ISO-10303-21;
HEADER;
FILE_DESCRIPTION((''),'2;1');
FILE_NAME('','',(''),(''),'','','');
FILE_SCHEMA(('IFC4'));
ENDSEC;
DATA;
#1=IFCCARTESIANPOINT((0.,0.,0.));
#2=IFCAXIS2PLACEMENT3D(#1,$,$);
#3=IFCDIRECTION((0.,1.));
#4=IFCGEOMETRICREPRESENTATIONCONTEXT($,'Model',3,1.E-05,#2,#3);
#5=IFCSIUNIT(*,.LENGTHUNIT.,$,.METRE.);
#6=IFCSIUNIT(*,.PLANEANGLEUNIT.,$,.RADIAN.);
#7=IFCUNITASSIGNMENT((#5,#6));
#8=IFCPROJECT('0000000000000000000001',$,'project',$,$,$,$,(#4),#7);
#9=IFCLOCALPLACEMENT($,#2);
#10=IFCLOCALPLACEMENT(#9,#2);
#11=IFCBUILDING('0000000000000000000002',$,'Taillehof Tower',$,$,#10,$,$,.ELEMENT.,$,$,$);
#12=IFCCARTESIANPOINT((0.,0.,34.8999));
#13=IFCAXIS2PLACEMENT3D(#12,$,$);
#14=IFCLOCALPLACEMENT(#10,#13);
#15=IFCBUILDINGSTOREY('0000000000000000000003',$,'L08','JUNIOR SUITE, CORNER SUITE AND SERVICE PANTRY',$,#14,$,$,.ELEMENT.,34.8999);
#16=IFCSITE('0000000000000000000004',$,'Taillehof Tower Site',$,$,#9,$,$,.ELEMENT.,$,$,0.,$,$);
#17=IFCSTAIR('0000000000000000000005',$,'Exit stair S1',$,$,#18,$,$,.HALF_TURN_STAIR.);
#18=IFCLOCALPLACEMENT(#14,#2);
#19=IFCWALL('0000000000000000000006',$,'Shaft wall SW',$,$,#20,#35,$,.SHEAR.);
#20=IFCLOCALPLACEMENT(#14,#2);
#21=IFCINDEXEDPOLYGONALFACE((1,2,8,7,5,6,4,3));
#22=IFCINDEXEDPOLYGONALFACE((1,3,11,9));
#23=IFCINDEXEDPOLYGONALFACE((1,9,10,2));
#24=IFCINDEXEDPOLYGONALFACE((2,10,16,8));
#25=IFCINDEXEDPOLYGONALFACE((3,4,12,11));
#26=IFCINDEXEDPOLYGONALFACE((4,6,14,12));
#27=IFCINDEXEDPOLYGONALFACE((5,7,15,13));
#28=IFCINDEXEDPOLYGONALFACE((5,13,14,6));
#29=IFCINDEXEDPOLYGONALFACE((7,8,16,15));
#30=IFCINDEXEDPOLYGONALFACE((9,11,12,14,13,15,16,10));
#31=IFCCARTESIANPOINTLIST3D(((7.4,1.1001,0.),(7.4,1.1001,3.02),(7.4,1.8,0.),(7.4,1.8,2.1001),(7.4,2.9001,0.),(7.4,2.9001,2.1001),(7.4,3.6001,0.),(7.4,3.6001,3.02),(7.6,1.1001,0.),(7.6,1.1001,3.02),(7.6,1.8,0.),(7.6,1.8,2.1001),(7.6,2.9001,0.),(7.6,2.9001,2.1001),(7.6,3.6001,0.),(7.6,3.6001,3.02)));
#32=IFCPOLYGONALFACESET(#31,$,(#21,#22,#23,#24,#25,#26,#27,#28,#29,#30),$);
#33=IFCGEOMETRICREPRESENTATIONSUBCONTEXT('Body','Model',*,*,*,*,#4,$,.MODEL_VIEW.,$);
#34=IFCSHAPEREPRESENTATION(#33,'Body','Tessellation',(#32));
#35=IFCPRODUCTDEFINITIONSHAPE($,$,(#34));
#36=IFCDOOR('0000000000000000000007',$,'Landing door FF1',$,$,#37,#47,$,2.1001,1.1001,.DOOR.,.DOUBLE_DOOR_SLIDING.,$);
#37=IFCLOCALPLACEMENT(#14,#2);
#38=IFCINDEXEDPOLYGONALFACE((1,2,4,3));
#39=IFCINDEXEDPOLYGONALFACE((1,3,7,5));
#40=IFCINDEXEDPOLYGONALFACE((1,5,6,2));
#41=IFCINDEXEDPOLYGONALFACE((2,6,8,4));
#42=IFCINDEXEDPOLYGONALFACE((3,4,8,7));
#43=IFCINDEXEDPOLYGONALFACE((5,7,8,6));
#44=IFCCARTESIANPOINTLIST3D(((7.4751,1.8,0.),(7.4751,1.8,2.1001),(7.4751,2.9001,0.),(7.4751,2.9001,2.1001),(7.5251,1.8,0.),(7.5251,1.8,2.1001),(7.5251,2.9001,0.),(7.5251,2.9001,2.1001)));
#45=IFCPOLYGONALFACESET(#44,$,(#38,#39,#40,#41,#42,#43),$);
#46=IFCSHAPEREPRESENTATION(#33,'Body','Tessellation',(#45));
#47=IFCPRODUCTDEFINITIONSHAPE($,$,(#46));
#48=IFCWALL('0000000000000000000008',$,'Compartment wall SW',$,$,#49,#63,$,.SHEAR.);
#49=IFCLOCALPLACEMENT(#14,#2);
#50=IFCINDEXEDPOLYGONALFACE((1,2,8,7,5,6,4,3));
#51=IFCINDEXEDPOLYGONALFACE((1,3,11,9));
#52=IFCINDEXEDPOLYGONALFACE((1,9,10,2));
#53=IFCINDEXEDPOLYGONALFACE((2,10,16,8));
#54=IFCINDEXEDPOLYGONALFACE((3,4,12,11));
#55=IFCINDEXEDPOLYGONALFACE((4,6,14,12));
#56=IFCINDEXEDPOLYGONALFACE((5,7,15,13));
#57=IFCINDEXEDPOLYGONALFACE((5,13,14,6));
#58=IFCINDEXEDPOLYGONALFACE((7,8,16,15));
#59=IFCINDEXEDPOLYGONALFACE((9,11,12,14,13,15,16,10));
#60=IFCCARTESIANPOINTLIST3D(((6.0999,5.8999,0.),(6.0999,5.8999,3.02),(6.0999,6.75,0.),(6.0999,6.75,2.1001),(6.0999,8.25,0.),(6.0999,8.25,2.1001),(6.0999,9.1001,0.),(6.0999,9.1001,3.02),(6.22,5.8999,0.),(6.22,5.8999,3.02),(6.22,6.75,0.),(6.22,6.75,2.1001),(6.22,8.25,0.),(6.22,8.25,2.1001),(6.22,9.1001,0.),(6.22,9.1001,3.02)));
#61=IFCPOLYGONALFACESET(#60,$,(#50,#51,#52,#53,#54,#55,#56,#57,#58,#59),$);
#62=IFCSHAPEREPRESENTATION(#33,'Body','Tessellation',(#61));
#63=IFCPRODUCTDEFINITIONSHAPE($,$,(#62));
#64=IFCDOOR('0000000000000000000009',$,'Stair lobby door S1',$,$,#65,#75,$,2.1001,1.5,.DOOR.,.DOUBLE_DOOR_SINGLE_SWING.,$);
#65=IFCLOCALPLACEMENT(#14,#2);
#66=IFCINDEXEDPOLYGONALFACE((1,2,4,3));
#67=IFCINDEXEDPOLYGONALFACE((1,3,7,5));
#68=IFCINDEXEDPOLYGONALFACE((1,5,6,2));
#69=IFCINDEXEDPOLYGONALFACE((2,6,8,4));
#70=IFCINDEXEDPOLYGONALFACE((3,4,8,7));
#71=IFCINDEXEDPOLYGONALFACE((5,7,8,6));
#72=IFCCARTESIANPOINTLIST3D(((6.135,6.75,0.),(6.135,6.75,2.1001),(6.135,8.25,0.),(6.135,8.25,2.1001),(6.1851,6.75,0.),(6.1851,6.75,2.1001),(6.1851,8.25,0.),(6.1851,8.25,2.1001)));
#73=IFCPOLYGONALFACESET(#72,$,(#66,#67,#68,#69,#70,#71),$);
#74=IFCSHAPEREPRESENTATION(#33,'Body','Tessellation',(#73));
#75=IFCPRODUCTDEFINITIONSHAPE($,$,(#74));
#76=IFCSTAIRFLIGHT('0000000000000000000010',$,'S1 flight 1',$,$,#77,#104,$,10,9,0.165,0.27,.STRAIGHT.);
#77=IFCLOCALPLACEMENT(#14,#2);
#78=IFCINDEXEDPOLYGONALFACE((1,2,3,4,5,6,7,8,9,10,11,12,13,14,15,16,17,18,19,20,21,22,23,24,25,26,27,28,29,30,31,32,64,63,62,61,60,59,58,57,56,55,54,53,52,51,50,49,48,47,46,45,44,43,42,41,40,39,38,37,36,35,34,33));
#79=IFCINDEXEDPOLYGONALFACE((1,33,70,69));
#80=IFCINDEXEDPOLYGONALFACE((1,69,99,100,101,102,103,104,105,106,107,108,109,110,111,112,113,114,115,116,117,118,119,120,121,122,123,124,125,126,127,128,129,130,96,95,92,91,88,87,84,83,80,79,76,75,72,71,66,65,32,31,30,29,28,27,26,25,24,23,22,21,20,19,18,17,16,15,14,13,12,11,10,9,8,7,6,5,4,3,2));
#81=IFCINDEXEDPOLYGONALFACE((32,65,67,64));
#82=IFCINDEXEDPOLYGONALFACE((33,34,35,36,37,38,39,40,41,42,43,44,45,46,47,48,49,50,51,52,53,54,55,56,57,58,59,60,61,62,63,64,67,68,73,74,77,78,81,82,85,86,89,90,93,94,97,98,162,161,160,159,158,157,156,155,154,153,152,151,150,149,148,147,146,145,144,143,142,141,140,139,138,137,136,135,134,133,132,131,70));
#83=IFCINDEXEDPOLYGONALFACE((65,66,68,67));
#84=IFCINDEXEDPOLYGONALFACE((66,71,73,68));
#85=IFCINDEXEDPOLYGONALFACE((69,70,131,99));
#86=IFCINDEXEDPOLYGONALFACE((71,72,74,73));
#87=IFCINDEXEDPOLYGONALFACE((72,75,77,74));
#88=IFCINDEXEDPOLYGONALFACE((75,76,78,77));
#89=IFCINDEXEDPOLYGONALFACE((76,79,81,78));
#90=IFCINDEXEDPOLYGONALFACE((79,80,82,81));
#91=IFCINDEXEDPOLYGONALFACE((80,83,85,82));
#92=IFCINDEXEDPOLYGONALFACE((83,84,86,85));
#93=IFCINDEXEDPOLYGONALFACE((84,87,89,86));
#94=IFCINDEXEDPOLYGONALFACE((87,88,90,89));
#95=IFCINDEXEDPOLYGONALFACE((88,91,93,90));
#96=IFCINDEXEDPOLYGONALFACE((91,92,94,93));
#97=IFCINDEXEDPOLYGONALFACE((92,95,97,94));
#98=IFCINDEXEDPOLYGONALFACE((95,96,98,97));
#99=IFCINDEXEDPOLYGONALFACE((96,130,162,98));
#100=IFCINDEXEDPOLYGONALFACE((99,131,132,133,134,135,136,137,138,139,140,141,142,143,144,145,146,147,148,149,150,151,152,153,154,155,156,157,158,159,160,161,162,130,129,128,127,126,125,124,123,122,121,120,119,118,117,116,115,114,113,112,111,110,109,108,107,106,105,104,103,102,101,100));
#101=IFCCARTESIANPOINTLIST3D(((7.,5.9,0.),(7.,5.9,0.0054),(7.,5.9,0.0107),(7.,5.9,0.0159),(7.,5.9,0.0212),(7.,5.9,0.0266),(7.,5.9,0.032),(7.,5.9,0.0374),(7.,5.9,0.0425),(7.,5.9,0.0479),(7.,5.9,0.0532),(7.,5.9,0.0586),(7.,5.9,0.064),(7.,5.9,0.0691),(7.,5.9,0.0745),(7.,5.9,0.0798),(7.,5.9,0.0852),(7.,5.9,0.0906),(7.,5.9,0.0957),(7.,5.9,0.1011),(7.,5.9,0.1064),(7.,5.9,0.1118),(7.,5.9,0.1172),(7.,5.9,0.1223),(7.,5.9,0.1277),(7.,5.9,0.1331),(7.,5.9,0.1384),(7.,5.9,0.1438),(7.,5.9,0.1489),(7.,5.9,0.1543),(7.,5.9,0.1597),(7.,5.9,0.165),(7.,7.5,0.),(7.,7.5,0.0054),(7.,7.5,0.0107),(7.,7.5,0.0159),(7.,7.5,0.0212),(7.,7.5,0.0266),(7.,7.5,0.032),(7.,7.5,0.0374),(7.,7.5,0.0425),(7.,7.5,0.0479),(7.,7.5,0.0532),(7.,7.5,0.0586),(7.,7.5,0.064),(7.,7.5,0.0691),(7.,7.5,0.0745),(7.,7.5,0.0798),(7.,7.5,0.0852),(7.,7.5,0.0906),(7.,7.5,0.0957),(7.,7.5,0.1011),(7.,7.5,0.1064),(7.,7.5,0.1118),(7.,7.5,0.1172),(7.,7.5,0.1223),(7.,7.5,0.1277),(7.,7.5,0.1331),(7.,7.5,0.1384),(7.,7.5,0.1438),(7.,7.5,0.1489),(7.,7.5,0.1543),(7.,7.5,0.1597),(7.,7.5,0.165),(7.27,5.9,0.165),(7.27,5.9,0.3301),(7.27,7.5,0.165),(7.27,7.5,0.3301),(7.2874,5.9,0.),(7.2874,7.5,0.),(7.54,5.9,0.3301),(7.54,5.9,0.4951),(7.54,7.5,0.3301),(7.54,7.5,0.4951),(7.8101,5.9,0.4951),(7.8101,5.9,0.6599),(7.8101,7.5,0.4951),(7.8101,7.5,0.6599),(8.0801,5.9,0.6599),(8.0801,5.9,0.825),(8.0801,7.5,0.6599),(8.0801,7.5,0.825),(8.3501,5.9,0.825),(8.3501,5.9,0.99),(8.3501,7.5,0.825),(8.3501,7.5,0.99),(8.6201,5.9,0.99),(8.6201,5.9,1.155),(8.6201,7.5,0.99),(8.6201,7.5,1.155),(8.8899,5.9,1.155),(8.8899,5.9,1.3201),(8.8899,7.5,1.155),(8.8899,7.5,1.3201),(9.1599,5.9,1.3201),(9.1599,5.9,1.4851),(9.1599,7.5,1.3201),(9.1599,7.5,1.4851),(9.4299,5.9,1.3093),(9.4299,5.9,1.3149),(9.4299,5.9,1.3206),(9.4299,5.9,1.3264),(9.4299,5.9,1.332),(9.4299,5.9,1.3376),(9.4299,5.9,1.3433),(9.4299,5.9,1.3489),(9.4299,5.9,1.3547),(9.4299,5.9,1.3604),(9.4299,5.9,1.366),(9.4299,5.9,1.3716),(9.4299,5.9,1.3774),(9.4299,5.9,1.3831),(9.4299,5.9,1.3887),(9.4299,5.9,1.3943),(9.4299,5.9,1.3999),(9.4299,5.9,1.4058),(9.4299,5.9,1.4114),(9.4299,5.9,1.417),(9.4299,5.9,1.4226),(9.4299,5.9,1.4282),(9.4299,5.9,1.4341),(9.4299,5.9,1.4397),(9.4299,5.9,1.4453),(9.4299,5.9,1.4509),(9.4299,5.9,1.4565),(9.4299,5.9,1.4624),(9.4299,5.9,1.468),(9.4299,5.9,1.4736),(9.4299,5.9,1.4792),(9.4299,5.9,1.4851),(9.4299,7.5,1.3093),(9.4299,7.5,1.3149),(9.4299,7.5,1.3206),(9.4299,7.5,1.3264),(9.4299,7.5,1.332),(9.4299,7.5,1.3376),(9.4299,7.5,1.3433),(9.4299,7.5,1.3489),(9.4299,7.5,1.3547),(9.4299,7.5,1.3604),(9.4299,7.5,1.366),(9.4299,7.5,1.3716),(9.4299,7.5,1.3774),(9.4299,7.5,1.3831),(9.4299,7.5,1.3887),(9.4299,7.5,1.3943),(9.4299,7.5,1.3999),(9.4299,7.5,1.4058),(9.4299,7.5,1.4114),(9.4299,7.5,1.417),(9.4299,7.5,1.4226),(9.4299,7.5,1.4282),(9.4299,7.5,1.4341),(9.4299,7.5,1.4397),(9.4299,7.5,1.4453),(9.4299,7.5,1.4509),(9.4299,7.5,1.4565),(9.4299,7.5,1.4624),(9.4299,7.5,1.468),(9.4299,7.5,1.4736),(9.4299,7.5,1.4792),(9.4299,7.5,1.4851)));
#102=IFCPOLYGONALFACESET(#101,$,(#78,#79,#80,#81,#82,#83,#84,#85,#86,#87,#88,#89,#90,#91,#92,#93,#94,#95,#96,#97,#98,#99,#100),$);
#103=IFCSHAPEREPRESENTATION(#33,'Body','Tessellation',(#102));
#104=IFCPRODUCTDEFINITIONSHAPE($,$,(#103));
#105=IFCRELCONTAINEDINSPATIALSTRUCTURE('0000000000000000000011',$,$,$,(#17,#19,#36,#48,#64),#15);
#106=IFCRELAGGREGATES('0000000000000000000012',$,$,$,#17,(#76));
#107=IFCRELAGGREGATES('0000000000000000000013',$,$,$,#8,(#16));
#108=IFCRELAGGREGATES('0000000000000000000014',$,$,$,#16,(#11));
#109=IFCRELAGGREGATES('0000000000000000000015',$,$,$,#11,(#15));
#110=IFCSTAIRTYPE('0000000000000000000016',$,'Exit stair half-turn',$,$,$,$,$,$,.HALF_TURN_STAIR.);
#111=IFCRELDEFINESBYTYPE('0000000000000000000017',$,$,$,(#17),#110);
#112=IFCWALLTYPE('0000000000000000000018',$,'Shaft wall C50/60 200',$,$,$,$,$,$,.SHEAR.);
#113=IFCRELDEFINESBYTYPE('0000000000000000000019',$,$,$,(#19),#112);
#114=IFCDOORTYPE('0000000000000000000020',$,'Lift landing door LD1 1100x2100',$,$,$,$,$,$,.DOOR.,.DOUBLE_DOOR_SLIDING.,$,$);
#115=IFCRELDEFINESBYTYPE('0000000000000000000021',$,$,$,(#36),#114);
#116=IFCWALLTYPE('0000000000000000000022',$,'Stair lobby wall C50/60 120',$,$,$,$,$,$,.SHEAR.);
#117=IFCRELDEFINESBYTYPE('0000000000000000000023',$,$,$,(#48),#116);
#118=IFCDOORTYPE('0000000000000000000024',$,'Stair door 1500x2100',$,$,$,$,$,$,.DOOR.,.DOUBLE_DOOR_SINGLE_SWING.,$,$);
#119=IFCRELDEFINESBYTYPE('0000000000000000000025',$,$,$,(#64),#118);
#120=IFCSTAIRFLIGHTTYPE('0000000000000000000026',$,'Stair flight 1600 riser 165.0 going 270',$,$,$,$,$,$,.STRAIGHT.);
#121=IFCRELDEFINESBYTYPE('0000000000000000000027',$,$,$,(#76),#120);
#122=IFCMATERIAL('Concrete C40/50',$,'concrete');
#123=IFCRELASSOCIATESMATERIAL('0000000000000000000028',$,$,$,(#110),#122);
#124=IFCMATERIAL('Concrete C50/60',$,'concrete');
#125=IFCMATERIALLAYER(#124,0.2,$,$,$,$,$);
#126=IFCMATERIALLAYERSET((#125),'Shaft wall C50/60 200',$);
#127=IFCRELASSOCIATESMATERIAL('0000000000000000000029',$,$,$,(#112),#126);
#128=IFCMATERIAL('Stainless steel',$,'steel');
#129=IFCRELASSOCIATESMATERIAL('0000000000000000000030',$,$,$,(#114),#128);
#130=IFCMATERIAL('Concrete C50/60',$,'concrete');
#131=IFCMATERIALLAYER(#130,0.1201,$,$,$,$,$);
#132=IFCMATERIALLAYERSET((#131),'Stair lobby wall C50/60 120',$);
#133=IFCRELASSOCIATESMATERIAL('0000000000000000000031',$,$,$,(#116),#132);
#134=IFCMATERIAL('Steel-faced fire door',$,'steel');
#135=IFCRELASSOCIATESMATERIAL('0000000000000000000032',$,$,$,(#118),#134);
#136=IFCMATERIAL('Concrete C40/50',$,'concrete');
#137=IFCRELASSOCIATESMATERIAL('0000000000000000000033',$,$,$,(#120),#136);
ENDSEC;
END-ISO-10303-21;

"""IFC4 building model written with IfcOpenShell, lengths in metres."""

from ifc_helpers import new_model, si_unit, direction, frame, frame_2d, origin, place, context, subcontext, project, spatial, polyline, rectangle, outline, extrude, material, layer, layer_set, type_object, element, fill, aggregate, save


model = new_model("IFC4")

# Units and contexts
model_context = context("Model", 3, precision=1e-05, world=origin(), true_north=direction((0.0, 1.0)))
body_context = subcontext(model_context, "Body", "Model", "MODEL_VIEW")
ifc_project = project(units=[si_unit("LENGTHUNIT", "METRE"), si_unit("PLANEANGLEUNIT", "RADIAN")], contexts=[model_context])

# Site, building, storey
site_placement = place(None, origin())
site = spatial("IfcSite", under=ifc_project, at=site_placement, Name="Taillehof Tower Site", CompositionType="ELEMENT", RefElevation=0.0)
building_placement = place(site_placement, origin())
building = spatial("IfcBuilding", under=site, at=building_placement, Name="Taillehof Tower", CompositionType="ELEMENT")
storey_placement = place(building_placement, frame((0.0, 0.0, 34.8999)))
storey = spatial("IfcBuildingStorey", under=building, at=storey_placement, Name="L08", Description="JUNIOR SUITE, CORNER SUITE AND SERVICE PANTRY", CompositionType="ELEMENT", Elevation=34.8999)

# Stair
ifc_material_1 = material(Name="Concrete C40/50", Category="concrete")
stair_type = type_object("IfcStairType", Name="Exit stair half-turn", PredefinedType="HALF_TURN_STAIR", material=ifc_material_1)
stair_1_placement = place(storey_placement, origin())
stair_1 = element("IfcStair", 1, at=stair_1_placement, inside=storey, type_object=stair_type, Name="Exit stair S1", PredefinedType="HALF_TURN_STAIR")

# Shared definitions
ifc_material_2 = material(Name="Concrete C50/60", Category="concrete")
ifc_layer_1 = layer(ifc_material_2, 0.2)
ifc_layer_set_1 = layer_set([ifc_layer_1], Name="Shaft wall C50/60 200")
wall_type_1 = type_object("IfcWallType", Name="Shaft wall C50/60 200", PredefinedType="SHEAR", material=ifc_layer_set_1)
ifc_material_3 = material(Name="Stainless steel", Category="steel")
door_type_1 = type_object("IfcDoorType", Name="Lift landing door LD1 1100x2100", OperationType="DOUBLE_DOOR_SLIDING", PredefinedType="DOOR", material=ifc_material_3)

# Walls, openings, doors
wall_1_placement = place(storey_placement, frame((7.5, 1.1001, 0.0), z_axis=(0.0, 0.0, 1.0), x_axis=(0.0, 1.0, 0.0)))
wall_1 = element("IfcWall", 2, at=wall_1_placement, inside=storey, type_object=wall_type_1, Name="Shaft wall SW", PredefinedType="SHEAR", context=body_context, shape_type="SweptSolid", body=[
    extrude(rectangle(XDim=2.5, YDim=0.2, at=frame_2d((1.25, 0.0))), origin(), (0.0, 0.0, 1.0), 3.02),
])
opening_1_placement = place(wall_1_placement, frame((0.7, 0.0, 0.0)))
opening_1 = element("IfcOpeningElement", 3, at=opening_1_placement, cuts=wall_1, PredefinedType="OPENING", context=body_context, shape_type="SweptSolid", body=[
    extrude(rectangle(XDim=1.1001, YDim=2.1001, at=frame_2d((0.55, 1.05))), frame((0.0, 0.1099, 0.0), z_axis=(0.0, -1.0, 0.0), x_axis=(1.0, 0.0, 0.0)), (0.0, 0.0, 1.0), 0.22),
])
door_1_placement = place(opening_1_placement, origin())
door_1 = element("IfcDoor", 4, at=door_1_placement, inside=storey, type_object=door_type_1, Name="Landing door FF1", OperationType="DOUBLE_DOOR_SLIDING", OverallHeight=2.1001, OverallWidth=1.1001, PredefinedType="DOOR", context=body_context, shape_type="SweptSolid", body=[
    extrude(rectangle(XDim=1.1001, YDim=2.1001, at=frame_2d((0.55, 1.05))), frame((0.0, 0.0249, 0.0), z_axis=(0.0, -1.0, 0.0), x_axis=(1.0, 0.0, 0.0)), (0.0, 0.0, 1.0), 0.05),
])
fill(opening_1, door_1)
ifc_material_4 = material(Name="Concrete C50/60", Category="concrete")
ifc_layer_2 = layer(ifc_material_4, 0.1201)
ifc_layer_set_2 = layer_set([ifc_layer_2], Name="Stair lobby wall C50/60 120")
wall_type_2 = type_object("IfcWallType", Name="Stair lobby wall C50/60 120", PredefinedType="SHEAR", material=ifc_layer_set_2)
wall_2_placement = place(storey_placement, frame((6.1599, 5.8999, 0.0), z_axis=(0.0, 0.0, 1.0), x_axis=(0.0, 1.0, 0.0)))
wall_2 = element("IfcWall", 5, at=wall_2_placement, inside=storey, type_object=wall_type_2, Name="Compartment wall SW", PredefinedType="SHEAR", context=body_context, shape_type="SweptSolid", body=[
    extrude(rectangle(XDim=3.2002, YDim=0.1201, at=frame_2d((1.6001, 0.0))), origin(), (0.0, 0.0, 1.0), 3.02),
])
opening_2_placement = place(wall_2_placement, frame((0.8501, 0.0, 0.0)))
opening_2 = element("IfcOpeningElement", 6, at=opening_2_placement, cuts=wall_2, PredefinedType="OPENING", context=body_context, shape_type="SweptSolid", body=[
    extrude(rectangle(XDim=1.5, YDim=2.1001, at=frame_2d((0.75, 1.05))), frame((0.0, 0.0701, 0.0), z_axis=(0.0, -1.0, 0.0), x_axis=(1.0, 0.0, 0.0)), (0.0, 0.0, 1.0), 0.1401),
])
ifc_material_5 = material(Name="Steel-faced fire door", Category="steel")
door_type_2 = type_object("IfcDoorType", Name="Stair door 1500x2100", OperationType="DOUBLE_DOOR_SINGLE_SWING", PredefinedType="DOOR", material=ifc_material_5)
door_2_placement = place(opening_2_placement, origin())
door_2 = element("IfcDoor", 7, at=door_2_placement, inside=storey, type_object=door_type_2, Name="Stair lobby door S1", OperationType="DOUBLE_DOOR_SINGLE_SWING", OverallHeight=2.1001, OverallWidth=1.5, PredefinedType="DOOR", context=body_context, shape_type="SweptSolid", body=[
    extrude(rectangle(XDim=1.5, YDim=2.1001, at=frame_2d((0.75, 1.05))), frame((0.0, 0.0249, 0.0), z_axis=(0.0, -1.0, 0.0), x_axis=(1.0, 0.0, 0.0)), (0.0, 0.0, 1.0), 0.05),
])
fill(opening_2, door_2)

# Stair flight
ifc_material_6 = material(Name="Concrete C40/50", Category="concrete")
stair_flight_type = type_object("IfcStairFlightType", Name="Stair flight 1600 riser 165.0 going 270", PredefinedType="STRAIGHT", material=ifc_material_6)
stair_flight_placement = place(storey_placement, frame((7.0, 6.7, 0.0), z_axis=(0.0, 0.0, 1.0), x_axis=(1.0, 0.0, 0.0)))
stair_flight = element("IfcStairFlight", 8, at=stair_flight_placement, type_object=stair_flight_type, Name="S1 flight 1", NumberOfRisers=10, NumberOfTreads=9, PredefinedType="STRAIGHT", RiserHeight=0.165, TreadLength=0.27, context=body_context, shape_type="SweptSolid", body=[
    extrude(outline(polyline([(0.0, 0.0), (0.0, 0.0054), (0.0, 0.0107), (0.0, 0.0159), (0.0, 0.0212), (0.0, 0.0266), (0.0, 0.032), (0.0, 0.0374), (0.0, 0.0425), (0.0, 0.0479), (0.0, 0.0532), (0.0, 0.0586), (0.0, 0.064), (0.0, 0.0691), (0.0, 0.0745), (0.0, 0.0798), (0.0, 0.0852), (0.0, 0.0906), (0.0, 0.0957), (0.0, 0.1011), (0.0, 0.1064), (0.0, 0.1118), (0.0, 0.1172), (0.0, 0.1223), (0.0, 0.1277), (0.0, 0.1331), (0.0, 0.1384), (0.0, 0.1438), (0.0, 0.1489), (0.0, 0.1543), (0.0, 0.1597), (0.0, 0.165), (0.27, 0.165), (0.27, 0.3301), (0.54, 0.3301), (0.54, 0.4951), (0.8101, 0.4951), (0.8101, 0.6599), (1.0801, 0.6599), (1.0801, 0.825), (1.3501, 0.825), (1.3501, 0.99), (1.6201, 0.99), (1.6201, 1.155), (1.8899, 1.155), (1.8899, 1.3201), (2.1599, 1.3201), (2.1599, 1.4851), (2.4299, 1.4851), (2.4299, 1.4792), (2.4299, 1.4736), (2.4299, 1.468), (2.4299, 1.4624), (2.4299, 1.4565), (2.4299, 1.4509), (2.4299, 1.4453), (2.4299, 1.4397), (2.4299, 1.4341), (2.4299, 1.4282), (2.4299, 1.4226), (2.4299, 1.417), (2.4299, 1.4114), (2.4299, 1.4058), (2.4299, 1.3999), (2.4299, 1.3943), (2.4299, 1.3887), (2.4299, 1.3831), (2.4299, 1.3774), (2.4299, 1.3716), (2.4299, 1.366), (2.4299, 1.3604), (2.4299, 1.3547), (2.4299, 1.3489), (2.4299, 1.3433), (2.4299, 1.3376), (2.4299, 1.332), (2.4299, 1.3264), (2.4299, 1.3206), (2.4299, 1.3149), (2.4299, 1.3093), (0.2874, 0.0), (0.0, 0.0)])), frame((0.0, 0.8, 0.0), z_axis=(0.0, -1.0, 0.0), x_axis=(1.0, 0.0, 0.0)), (0.0, 0.0, 1.0), 1.6),
])
aggregate(stair_1, [stair_flight])

save(model, "model.ifc")
